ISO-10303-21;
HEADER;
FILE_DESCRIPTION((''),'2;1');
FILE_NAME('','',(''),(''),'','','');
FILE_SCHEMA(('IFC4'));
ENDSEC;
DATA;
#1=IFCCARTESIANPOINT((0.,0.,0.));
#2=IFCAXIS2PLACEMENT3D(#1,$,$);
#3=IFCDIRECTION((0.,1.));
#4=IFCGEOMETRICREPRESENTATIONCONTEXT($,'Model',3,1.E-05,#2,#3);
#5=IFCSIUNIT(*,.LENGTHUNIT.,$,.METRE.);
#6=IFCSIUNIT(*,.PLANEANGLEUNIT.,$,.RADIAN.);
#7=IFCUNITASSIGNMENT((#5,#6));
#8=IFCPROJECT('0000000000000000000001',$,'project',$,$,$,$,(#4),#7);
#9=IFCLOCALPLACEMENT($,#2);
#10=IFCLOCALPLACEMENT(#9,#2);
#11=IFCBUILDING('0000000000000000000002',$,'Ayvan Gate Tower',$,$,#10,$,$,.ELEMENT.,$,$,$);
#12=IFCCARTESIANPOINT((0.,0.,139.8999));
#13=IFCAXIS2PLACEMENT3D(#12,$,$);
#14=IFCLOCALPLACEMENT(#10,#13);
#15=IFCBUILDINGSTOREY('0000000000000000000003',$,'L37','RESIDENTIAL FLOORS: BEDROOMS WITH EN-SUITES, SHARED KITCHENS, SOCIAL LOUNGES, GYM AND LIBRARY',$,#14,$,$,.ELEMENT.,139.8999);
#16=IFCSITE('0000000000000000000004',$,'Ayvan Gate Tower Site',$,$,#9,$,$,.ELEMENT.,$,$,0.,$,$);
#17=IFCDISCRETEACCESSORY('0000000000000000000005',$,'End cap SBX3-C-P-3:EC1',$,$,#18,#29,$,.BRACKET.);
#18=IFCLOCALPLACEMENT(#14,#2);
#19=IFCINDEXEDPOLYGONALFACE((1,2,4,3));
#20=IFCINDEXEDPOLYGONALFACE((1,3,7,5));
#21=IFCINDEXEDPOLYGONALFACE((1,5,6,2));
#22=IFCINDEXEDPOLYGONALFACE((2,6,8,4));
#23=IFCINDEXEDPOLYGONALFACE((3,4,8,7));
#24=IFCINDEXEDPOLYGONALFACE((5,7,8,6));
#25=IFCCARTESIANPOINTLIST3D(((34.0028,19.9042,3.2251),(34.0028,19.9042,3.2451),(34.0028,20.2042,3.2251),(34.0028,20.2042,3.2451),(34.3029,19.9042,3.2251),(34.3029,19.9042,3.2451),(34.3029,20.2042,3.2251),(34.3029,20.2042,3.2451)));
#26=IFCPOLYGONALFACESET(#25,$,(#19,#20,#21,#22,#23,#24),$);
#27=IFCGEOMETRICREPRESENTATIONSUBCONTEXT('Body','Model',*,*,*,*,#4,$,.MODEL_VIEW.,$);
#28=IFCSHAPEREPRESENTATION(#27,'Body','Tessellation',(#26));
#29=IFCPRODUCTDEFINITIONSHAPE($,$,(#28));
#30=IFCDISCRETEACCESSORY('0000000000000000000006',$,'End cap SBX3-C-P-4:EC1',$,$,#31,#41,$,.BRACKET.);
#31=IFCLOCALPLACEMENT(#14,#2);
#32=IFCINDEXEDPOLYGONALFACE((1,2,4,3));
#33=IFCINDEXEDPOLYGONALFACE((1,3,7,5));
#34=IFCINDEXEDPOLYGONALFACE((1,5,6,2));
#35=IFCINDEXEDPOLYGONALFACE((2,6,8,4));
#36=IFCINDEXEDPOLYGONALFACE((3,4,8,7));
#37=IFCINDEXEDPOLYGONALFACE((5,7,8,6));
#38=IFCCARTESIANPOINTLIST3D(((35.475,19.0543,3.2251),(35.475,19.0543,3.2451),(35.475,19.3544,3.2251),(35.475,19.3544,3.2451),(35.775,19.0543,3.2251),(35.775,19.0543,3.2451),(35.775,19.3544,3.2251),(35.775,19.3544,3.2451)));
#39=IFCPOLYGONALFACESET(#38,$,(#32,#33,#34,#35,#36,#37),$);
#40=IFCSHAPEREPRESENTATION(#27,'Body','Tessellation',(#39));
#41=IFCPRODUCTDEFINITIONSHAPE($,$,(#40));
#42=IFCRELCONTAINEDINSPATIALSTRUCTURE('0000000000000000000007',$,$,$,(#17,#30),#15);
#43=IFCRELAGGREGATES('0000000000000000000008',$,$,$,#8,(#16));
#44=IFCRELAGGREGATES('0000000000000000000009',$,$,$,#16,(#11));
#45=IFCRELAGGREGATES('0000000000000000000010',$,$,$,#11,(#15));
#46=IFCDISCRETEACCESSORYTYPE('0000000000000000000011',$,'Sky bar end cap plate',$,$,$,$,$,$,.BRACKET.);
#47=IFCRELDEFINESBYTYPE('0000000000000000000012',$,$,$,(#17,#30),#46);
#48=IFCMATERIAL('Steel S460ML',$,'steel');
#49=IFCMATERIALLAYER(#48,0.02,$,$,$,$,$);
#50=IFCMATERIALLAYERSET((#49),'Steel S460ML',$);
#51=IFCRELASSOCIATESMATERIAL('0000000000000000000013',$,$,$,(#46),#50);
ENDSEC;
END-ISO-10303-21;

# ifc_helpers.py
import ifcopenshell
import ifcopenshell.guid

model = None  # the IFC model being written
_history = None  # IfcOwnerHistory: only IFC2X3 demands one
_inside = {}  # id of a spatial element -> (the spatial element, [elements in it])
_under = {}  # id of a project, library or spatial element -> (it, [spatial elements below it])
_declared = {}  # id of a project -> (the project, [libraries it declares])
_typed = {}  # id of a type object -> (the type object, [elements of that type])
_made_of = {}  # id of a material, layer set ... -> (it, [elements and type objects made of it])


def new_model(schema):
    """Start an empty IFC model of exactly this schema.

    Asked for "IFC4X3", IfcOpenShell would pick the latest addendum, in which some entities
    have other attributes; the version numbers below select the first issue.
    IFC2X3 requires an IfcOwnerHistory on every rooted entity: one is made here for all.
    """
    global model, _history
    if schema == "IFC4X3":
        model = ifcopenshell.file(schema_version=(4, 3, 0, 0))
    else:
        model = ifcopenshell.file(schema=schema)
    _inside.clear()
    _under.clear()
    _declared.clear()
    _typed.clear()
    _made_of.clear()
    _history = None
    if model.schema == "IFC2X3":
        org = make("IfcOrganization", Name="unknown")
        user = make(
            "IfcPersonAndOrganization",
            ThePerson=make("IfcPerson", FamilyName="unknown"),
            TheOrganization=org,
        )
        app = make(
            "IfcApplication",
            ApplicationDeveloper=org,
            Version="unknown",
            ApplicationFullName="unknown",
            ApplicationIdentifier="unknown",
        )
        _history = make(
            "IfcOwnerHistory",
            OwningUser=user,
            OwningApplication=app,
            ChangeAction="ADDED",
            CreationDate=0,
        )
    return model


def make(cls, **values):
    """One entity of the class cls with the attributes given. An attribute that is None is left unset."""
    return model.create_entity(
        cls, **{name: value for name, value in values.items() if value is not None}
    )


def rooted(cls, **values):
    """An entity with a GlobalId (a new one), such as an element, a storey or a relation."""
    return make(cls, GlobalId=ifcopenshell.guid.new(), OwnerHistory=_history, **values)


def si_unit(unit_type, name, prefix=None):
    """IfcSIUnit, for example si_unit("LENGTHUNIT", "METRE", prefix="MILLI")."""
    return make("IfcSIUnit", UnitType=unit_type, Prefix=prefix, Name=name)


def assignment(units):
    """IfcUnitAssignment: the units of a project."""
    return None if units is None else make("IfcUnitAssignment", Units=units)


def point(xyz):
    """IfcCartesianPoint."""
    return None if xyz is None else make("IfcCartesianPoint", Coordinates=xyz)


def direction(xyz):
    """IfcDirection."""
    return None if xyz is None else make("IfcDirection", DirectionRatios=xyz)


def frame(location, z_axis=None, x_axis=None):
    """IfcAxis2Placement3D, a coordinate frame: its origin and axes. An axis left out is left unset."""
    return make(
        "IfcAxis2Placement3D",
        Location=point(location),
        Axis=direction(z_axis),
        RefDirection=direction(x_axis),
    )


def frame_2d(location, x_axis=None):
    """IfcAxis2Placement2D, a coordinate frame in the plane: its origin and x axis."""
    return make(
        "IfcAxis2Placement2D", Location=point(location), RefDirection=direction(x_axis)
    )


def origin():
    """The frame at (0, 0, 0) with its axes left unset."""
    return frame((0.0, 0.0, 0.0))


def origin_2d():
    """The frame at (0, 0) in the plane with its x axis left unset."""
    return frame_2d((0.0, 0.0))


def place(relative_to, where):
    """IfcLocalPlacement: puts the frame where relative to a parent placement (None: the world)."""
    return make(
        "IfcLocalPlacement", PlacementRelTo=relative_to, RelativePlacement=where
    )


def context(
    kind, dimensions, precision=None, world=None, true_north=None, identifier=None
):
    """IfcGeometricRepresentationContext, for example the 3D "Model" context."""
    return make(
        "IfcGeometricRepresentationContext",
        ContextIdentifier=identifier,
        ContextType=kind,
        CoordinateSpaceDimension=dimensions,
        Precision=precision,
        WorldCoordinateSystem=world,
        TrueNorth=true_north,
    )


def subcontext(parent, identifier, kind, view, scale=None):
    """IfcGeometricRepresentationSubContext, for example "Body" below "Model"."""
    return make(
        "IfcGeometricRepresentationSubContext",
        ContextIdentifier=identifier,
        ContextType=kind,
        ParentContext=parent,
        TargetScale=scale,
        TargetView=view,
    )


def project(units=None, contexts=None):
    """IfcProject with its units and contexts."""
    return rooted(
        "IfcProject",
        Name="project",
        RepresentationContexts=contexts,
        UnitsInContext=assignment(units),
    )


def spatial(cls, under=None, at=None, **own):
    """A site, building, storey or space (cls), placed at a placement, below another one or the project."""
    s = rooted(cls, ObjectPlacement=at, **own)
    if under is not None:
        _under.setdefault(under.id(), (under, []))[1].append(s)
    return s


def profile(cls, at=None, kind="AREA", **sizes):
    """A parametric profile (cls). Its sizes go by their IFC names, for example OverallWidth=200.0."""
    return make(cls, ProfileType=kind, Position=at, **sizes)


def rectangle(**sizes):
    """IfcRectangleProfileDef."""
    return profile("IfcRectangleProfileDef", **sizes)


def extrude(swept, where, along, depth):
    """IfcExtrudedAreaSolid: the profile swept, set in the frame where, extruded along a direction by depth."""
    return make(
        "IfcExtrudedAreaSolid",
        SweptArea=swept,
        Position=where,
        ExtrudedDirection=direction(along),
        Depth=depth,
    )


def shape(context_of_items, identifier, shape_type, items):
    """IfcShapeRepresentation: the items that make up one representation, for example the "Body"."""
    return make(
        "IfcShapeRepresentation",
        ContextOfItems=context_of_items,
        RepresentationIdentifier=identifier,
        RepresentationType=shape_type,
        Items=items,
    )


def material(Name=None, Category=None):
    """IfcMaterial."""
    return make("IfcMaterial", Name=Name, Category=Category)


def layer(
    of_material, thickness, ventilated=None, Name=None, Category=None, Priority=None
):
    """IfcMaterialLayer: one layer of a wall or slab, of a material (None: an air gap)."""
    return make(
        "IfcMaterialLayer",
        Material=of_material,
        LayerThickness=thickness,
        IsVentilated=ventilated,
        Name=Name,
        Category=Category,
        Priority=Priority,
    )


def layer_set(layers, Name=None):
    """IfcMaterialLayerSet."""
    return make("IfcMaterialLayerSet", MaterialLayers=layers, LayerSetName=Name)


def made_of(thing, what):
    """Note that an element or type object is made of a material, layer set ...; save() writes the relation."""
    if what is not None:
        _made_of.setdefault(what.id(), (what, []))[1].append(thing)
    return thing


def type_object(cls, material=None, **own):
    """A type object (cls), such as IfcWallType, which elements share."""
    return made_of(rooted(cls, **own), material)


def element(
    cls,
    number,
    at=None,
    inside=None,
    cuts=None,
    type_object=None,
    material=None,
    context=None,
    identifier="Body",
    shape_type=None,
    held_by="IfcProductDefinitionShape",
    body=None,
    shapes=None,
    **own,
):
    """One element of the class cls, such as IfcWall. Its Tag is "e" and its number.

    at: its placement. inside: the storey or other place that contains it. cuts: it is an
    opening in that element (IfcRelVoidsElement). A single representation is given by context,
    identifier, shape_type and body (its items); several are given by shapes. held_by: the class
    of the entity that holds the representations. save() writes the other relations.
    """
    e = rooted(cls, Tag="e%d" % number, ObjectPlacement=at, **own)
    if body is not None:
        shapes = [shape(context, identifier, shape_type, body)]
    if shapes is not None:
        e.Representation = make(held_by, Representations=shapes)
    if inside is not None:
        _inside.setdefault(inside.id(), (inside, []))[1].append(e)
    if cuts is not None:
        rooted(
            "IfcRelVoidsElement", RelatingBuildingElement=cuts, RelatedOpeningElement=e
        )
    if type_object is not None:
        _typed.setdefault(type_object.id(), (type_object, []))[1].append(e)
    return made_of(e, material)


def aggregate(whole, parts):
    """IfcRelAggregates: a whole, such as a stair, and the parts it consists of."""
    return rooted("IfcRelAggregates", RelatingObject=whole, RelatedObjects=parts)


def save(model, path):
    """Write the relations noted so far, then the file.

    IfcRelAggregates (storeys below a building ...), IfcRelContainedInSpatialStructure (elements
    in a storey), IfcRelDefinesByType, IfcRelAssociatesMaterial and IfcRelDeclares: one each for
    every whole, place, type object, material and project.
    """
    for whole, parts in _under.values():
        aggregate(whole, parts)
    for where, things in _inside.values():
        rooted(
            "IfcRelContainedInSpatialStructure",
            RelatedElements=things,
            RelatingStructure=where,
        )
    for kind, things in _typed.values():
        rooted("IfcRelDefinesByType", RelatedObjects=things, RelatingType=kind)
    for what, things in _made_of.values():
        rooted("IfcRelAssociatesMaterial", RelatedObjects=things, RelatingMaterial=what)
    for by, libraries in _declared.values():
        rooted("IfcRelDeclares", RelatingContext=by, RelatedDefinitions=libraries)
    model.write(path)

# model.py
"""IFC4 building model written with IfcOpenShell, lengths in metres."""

from ifc_helpers import new_model, si_unit, direction, frame, origin, origin_2d, place, context, subcontext, project, spatial, rectangle, extrude, material, layer, layer_set, type_object, element, save


model = new_model("IFC4")

# Units and contexts
model_context = context("Model", 3, precision=1e-05, world=origin(), true_north=direction((0.0, 1.0)))
body_context = subcontext(model_context, "Body", "Model", "MODEL_VIEW")
ifc_project = project(units=[si_unit("LENGTHUNIT", "METRE"), si_unit("PLANEANGLEUNIT", "RADIAN")], contexts=[model_context])

# Site, building, storey
site_placement = place(None, origin())
site = spatial("IfcSite", under=ifc_project, at=site_placement, Name="Ayvan Gate Tower Site", CompositionType="ELEMENT", RefElevation=0.0)
building_placement = place(site_placement, origin())
building = spatial("IfcBuilding", under=site, at=building_placement, Name="Ayvan Gate Tower", CompositionType="ELEMENT")
storey_placement = place(building_placement, frame((0.0, 0.0, 139.8999)))
storey = spatial("IfcBuildingStorey", under=building, at=storey_placement, Name="L37", Description="RESIDENTIAL FLOORS: BEDROOMS WITH EN-SUITES, SHARED KITCHENS, SOCIAL LOUNGES, GYM AND LIBRARY", CompositionType="ELEMENT", Elevation=139.8999)

# Discrete accessories
ifc_material_1 = material(Name="Steel S460ML", Category="steel")
ifc_layer_1 = layer(ifc_material_1, 0.02)
ifc_layer_set_1 = layer_set([ifc_layer_1], Name="Steel S460ML")
discrete_accessory_type_1 = type_object("IfcDiscreteAccessoryType", Name="Sky bar end cap plate", PredefinedType="BRACKET", material=ifc_layer_set_1)
for number, where, z_axis, x_axis, name in (
    (1, (34.1528, 20.0542, 3.2251), (0.0, 0.0, 1.0), (1.0, 0.0, 0.0), "End cap SBX3-C-P-3:EC1"),
    (2, (35.625, 19.2043, 3.2251), (0.0, 0.0, 1.0), (1.0, 0.0, 0.0), "End cap SBX3-C-P-4:EC1"),
):
    element("IfcDiscreteAccessory", number, at=place(storey_placement, frame(where, z_axis=z_axis, x_axis=x_axis)), inside=storey, type_object=discrete_accessory_type_1, Name=name, PredefinedType="BRACKET", context=body_context, shape_type="SweptSolid", body=[
        extrude(rectangle(XDim=0.3, YDim=0.3, at=origin_2d()), origin(), (0.0, 0.0, 1.0), 0.02),
    ])

save(model, "model.ifc")
